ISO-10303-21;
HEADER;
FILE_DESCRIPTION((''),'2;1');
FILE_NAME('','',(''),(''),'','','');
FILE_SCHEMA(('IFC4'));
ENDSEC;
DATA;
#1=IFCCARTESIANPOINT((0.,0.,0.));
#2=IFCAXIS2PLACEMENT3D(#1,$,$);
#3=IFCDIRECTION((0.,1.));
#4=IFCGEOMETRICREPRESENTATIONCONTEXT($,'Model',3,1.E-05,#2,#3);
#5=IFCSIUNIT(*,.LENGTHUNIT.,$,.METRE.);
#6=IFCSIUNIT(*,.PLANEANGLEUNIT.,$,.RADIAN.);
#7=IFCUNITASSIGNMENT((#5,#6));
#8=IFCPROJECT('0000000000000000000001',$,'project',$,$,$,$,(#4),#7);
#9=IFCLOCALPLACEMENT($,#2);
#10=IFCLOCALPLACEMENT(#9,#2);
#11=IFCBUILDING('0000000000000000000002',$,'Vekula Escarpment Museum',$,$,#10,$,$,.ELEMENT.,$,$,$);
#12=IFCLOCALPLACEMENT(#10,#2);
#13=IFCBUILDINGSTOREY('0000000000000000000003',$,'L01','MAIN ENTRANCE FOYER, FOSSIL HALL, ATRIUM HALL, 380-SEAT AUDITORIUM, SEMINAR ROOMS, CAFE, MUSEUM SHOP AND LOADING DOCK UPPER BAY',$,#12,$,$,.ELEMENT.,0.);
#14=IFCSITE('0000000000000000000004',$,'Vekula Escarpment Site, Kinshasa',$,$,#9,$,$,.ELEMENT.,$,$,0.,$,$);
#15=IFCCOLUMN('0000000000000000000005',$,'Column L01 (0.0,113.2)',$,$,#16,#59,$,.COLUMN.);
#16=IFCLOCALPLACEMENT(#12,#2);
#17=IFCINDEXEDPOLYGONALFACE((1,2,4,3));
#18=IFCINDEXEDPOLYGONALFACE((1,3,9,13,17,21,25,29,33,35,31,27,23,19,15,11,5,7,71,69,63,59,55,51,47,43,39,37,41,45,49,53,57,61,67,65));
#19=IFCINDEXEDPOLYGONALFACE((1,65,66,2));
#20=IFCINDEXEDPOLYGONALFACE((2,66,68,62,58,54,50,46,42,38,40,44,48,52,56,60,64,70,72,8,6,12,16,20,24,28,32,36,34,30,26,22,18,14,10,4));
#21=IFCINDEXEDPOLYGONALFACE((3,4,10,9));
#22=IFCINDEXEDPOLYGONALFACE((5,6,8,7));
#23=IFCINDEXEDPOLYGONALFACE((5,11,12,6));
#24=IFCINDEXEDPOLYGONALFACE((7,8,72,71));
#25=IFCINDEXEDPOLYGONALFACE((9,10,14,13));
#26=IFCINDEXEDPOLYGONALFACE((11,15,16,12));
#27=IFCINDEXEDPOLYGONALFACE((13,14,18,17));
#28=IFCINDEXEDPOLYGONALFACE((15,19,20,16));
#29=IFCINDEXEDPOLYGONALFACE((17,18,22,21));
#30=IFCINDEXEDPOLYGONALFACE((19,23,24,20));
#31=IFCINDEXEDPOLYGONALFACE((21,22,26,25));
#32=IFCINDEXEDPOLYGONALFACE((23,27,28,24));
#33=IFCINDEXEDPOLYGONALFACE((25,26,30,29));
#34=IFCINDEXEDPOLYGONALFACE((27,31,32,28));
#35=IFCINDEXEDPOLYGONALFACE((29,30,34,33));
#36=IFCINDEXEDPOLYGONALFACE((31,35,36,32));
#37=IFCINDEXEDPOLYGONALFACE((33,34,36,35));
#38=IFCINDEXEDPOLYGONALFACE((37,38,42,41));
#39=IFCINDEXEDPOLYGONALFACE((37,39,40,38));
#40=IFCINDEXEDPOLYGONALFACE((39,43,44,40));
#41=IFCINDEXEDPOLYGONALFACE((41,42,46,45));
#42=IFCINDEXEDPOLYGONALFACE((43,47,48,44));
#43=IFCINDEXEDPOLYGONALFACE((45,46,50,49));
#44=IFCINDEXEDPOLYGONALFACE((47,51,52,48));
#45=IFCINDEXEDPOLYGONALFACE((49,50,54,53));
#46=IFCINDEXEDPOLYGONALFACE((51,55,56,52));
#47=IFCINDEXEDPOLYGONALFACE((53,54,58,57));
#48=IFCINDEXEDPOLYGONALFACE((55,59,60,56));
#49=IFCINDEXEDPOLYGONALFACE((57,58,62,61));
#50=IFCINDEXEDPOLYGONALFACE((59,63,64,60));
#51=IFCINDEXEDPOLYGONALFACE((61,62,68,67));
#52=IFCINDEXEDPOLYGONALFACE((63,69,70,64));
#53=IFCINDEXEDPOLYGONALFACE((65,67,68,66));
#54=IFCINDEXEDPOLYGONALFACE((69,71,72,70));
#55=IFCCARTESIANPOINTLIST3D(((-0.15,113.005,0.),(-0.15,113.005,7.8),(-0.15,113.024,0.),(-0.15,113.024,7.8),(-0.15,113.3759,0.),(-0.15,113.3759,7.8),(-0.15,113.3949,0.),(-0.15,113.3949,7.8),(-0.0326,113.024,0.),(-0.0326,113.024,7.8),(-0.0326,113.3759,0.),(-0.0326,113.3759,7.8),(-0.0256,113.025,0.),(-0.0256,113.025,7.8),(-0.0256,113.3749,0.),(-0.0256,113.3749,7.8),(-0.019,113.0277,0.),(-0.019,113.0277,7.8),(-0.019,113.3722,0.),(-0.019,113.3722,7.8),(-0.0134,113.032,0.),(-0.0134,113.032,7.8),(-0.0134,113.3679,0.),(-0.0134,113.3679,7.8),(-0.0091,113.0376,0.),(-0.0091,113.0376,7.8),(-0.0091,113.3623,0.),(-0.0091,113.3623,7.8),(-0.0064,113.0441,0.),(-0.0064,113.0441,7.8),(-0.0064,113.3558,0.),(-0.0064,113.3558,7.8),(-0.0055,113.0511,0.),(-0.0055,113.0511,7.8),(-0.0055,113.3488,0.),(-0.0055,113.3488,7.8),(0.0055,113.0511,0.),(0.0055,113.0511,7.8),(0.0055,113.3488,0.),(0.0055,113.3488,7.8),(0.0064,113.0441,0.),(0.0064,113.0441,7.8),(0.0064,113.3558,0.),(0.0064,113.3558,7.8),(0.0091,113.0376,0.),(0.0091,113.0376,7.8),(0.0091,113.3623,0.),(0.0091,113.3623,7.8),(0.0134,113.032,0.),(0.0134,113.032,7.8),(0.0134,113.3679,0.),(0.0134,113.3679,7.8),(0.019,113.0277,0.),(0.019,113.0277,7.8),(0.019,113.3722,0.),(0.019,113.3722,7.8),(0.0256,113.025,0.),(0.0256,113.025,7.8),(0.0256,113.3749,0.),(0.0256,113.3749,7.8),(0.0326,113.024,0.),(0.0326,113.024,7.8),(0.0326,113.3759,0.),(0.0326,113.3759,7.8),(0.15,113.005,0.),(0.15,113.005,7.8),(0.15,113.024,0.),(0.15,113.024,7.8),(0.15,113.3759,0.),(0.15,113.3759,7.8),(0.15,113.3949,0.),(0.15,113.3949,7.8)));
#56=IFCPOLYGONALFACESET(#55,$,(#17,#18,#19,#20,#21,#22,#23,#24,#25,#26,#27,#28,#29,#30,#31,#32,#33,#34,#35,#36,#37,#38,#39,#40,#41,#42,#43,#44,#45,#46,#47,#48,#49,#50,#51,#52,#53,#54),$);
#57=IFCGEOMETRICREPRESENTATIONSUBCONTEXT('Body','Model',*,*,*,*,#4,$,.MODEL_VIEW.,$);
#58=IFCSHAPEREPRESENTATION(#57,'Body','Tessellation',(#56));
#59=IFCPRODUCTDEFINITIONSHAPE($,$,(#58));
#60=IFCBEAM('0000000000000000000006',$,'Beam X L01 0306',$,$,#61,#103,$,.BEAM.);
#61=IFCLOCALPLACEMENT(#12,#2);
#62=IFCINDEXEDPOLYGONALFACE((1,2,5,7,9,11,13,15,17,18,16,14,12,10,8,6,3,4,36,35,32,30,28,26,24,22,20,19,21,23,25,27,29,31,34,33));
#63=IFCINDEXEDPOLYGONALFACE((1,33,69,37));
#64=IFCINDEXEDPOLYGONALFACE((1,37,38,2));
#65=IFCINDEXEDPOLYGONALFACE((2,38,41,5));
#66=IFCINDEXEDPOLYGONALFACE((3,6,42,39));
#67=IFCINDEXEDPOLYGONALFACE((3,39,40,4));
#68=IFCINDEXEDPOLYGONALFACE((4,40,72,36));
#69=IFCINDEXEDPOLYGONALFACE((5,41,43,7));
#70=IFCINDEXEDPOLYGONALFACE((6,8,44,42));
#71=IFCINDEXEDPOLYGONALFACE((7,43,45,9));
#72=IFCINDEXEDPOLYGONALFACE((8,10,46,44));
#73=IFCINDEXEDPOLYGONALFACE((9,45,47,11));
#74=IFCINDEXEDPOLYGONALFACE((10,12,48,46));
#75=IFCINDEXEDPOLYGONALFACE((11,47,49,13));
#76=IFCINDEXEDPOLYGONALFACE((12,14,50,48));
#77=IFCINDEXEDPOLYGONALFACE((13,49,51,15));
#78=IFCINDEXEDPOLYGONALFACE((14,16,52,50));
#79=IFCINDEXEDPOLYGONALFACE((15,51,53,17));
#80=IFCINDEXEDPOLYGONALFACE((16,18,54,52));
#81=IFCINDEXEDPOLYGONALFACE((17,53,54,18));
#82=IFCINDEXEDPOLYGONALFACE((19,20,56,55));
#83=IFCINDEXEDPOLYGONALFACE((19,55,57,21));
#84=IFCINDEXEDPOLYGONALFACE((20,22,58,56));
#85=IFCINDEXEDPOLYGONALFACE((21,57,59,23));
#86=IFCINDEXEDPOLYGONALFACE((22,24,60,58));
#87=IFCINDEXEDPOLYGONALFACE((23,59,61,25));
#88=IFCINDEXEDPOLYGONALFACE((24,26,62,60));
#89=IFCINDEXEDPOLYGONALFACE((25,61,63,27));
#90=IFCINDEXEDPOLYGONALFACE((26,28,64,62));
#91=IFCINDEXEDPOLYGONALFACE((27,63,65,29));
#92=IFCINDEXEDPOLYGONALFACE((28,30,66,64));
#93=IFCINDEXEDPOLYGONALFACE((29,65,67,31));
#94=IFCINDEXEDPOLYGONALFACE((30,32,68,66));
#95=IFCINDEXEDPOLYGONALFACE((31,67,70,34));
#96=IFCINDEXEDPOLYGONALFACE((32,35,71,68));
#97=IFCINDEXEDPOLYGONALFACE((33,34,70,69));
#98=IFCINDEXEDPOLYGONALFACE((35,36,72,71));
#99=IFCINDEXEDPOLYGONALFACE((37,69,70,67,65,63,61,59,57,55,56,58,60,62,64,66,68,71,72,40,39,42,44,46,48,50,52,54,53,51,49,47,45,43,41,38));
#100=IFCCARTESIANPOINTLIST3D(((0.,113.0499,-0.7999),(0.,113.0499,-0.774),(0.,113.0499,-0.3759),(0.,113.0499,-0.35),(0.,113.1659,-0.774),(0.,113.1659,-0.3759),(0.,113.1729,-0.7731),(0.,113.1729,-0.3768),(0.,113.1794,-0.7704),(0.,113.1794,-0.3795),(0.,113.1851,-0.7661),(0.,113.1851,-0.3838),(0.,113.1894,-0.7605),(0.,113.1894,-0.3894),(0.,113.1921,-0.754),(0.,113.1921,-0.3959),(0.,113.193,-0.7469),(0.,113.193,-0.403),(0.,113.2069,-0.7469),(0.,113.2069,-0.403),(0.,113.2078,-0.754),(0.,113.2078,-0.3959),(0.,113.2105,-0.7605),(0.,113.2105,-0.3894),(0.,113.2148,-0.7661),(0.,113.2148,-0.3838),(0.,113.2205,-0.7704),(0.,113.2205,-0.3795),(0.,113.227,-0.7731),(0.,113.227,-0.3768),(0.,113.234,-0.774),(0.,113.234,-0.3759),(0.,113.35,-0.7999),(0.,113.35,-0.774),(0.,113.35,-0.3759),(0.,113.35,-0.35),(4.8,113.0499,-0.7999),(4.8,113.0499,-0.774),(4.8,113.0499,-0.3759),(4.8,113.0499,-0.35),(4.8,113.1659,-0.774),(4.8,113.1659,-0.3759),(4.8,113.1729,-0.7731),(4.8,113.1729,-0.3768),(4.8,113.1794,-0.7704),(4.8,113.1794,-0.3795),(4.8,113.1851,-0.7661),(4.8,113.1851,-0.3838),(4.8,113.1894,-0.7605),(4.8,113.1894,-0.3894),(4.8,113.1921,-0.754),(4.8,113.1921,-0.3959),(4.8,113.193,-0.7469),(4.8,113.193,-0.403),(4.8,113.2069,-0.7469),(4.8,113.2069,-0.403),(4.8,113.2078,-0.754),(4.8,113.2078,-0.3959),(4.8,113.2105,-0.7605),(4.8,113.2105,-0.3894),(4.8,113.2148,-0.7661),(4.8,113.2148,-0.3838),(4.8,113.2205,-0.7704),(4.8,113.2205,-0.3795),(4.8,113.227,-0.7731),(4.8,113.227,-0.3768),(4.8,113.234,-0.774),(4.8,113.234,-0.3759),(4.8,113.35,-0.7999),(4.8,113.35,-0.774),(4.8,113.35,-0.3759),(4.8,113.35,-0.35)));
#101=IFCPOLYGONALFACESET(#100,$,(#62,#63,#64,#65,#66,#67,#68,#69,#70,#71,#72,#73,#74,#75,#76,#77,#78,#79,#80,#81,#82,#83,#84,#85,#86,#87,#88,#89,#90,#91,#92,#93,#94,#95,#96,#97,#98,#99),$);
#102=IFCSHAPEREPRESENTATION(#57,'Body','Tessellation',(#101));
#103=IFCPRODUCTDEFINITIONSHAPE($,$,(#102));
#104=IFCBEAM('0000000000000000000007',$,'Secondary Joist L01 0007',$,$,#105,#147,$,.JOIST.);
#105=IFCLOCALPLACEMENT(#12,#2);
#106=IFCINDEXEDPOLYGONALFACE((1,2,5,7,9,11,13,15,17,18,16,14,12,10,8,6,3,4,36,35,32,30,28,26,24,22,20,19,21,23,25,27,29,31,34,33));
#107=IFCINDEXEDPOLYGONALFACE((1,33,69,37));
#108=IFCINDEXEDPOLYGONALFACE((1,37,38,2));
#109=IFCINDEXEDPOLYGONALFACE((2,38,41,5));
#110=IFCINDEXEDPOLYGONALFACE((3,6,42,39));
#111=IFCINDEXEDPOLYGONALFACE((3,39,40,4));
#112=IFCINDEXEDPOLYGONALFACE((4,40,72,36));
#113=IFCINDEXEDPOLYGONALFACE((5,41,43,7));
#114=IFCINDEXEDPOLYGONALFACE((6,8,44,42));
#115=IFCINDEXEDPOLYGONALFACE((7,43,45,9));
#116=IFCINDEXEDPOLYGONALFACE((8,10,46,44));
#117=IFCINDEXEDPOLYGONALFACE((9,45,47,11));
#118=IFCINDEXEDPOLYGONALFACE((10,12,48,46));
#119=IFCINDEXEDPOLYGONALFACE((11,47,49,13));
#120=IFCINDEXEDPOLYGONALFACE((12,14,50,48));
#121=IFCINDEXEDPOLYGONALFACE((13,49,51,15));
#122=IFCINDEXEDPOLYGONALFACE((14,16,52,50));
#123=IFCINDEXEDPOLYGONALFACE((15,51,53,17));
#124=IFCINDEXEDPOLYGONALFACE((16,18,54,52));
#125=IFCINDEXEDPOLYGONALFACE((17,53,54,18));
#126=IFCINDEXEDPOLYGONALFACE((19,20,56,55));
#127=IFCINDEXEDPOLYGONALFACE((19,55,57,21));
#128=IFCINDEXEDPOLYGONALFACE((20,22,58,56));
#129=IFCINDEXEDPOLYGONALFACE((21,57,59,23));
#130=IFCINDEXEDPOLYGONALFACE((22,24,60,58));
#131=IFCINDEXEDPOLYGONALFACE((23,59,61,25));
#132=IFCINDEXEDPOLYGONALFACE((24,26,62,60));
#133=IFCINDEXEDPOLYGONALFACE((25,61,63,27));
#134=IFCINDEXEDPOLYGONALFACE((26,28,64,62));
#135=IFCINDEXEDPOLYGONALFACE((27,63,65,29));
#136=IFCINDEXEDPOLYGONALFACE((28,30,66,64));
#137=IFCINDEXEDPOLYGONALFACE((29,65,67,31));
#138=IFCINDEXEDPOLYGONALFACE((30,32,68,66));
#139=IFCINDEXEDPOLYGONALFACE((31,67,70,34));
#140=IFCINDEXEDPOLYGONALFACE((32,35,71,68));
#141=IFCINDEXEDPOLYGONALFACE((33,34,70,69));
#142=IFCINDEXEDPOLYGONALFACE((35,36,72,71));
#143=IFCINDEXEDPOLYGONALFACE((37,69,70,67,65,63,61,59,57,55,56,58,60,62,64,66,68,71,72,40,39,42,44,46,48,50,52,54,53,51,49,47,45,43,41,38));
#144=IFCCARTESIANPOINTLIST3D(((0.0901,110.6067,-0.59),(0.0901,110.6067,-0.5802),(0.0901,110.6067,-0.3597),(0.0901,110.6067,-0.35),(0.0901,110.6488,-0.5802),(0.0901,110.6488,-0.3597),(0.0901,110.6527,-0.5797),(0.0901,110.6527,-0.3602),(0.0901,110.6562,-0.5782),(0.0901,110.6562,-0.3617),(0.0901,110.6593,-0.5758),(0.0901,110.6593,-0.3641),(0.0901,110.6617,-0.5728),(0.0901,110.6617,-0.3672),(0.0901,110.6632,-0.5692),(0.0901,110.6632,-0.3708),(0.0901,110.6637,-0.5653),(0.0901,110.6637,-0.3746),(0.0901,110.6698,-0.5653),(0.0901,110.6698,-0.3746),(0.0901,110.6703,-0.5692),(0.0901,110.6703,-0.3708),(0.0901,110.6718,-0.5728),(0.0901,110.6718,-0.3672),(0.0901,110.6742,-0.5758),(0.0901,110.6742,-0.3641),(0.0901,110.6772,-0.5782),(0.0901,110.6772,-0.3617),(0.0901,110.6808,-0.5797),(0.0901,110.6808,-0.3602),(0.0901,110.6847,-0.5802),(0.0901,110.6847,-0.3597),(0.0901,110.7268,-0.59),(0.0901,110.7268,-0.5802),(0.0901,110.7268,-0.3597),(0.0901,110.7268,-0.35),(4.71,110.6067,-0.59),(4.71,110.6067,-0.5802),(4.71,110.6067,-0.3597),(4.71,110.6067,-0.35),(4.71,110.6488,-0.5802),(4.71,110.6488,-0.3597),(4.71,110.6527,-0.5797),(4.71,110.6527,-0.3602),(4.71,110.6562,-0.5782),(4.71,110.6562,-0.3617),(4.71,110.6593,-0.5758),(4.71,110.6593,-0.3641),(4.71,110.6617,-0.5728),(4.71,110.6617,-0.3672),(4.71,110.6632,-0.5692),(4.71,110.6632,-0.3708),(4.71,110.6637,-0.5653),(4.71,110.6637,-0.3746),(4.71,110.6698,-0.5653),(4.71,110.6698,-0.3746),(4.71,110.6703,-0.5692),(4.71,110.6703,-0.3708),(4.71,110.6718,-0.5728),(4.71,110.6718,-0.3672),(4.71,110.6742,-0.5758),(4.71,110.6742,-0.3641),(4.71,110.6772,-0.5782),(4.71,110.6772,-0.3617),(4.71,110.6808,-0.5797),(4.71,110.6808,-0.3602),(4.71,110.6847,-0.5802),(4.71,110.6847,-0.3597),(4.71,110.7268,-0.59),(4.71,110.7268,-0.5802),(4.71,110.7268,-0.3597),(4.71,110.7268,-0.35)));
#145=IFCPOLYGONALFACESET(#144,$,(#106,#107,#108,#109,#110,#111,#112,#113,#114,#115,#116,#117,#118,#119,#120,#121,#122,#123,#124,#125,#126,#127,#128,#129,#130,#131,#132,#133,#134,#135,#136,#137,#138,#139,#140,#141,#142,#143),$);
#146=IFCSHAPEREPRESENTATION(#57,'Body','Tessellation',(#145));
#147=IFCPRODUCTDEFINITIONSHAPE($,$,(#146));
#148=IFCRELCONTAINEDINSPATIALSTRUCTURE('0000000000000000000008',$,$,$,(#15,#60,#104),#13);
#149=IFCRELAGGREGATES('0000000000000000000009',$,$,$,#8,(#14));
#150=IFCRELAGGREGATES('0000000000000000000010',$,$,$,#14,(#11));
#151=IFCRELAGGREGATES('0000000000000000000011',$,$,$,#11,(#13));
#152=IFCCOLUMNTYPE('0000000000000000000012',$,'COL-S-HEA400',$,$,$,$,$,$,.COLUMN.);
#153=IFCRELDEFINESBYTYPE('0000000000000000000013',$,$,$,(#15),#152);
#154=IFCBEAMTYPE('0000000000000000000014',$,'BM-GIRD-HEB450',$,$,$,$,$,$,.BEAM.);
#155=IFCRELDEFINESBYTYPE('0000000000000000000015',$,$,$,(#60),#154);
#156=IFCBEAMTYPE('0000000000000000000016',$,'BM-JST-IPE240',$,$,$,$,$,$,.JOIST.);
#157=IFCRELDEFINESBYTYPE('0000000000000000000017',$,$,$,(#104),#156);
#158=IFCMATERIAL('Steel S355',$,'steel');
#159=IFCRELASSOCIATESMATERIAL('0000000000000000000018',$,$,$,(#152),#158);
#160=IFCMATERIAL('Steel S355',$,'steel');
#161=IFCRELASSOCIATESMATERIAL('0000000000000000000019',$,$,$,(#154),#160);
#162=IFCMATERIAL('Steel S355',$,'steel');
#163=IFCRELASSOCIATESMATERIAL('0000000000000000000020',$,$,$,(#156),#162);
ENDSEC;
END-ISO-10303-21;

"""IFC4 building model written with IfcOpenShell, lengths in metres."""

from ifc_helpers import new_model, si_unit, direction, frame, origin, origin_2d, place, context, subcontext, project, spatial, i_section, extrude, material, material_profile, profile_set, type_object, element, save


model = new_model("IFC4")

# Units and contexts
model_context = context("Model", 3, precision=1e-05, world=origin(), true_north=direction((0.0, 1.0)))
body_context = subcontext(model_context, "Body", "Model", "MODEL_VIEW")
ifc_project = project(units=[si_unit("LENGTHUNIT", "METRE"), si_unit("PLANEANGLEUNIT", "RADIAN")], contexts=[model_context])

# Site, building, storey
site_placement = place(None, origin())
site = spatial("IfcSite", under=ifc_project, at=site_placement, Name="Vekula Escarpment Site, Kinshasa", CompositionType="ELEMENT", RefElevation=0.0)
building_placement = place(site_placement, origin())
building = spatial("IfcBuilding", under=site, at=building_placement, Name="Vekula Escarpment Museum", CompositionType="ELEMENT")
storey_placement = place(building_placement, origin())
storey = spatial("IfcBuildingStorey", under=building, at=storey_placement, Name="L01", Description="MAIN ENTRANCE FOYER, FOSSIL HALL, ATRIUM HALL, 380-SEAT AUDITORIUM, SEMINAR ROOMS, CAFE, MUSEUM SHOP AND LOADING DOCK UPPER BAY", CompositionType="ELEMENT", Elevation=0.0)

# Column
ifc_material_1 = material(Name="Steel S355", Category="steel")
ifc_material_profile_1 = material_profile(ifc_material_1, i_section(OverallWidth=0.3, OverallDepth=0.3899, WebThickness=0.011, FlangeThickness=0.019, FilletRadius=0.0271, at=origin_2d()), Name="HEA 400")
ifc_profile_set_1 = profile_set([ifc_material_profile_1], Name="Steel S355")
column_type = type_object("IfcColumnType", Name="COL-S-HEA400", PredefinedType="COLUMN", material=ifc_profile_set_1)
column_placement = place(storey_placement, frame((0.0, 113.2, 0.0), z_axis=(0.0, 0.0, 1.0), x_axis=(1.0, 0.0, 0.0)))
element("IfcColumn", 1, at=column_placement, inside=storey, type_object=column_type, Name="Column L01 (0.0,113.2)", PredefinedType="COLUMN", context=body_context, shape_type="SweptSolid", body=[
    extrude(i_section(OverallWidth=0.3, OverallDepth=0.3899, WebThickness=0.011, FlangeThickness=0.019, FilletRadius=0.0271, at=origin_2d()), origin(), (0.0, 0.0, 1.0), 7.8),
])

# Beams
ifc_material_2 = material(Name="Steel S355", Category="steel")
ifc_material_profile_2 = material_profile(ifc_material_2, i_section(OverallWidth=0.3, OverallDepth=0.45, WebThickness=0.0139, FlangeThickness=0.0259, FilletRadius=0.0271, at=origin_2d()), Name="HEB 450")
ifc_profile_set_2 = profile_set([ifc_material_profile_2], Name="Steel S355")
beam_type_1 = type_object("IfcBeamType", Name="BM-GIRD-HEB450", PredefinedType="BEAM", material=ifc_profile_set_2)
beam_1_placement = place(storey_placement, frame((0.0, 113.2, -0.575), z_axis=(1.0, 0.0, 0.0), x_axis=(0.0, 1.0, 0.0)))
element("IfcBeam", 2, at=beam_1_placement, inside=storey, type_object=beam_type_1, Name="Beam X L01 0306", PredefinedType="BEAM", context=body_context, shape_type="SweptSolid", body=[
    extrude(i_section(OverallWidth=0.3, OverallDepth=0.45, WebThickness=0.0139, FlangeThickness=0.0259, FilletRadius=0.0271, at=origin_2d()), origin(), (0.0, 0.0, 1.0), 4.8),
])
ifc_material_3 = material(Name="Steel S355", Category="steel")
ifc_material_profile_3 = material_profile(ifc_material_3, i_section(OverallWidth=0.1201, OverallDepth=0.24, WebThickness=0.0061, FlangeThickness=0.0098, FilletRadius=0.0149, at=origin_2d()), Name="IPE 240")
ifc_profile_set_3 = profile_set([ifc_material_profile_3], Name="Steel S355")
beam_type_2 = type_object("IfcBeamType", Name="BM-JST-IPE240", PredefinedType="JOIST", material=ifc_profile_set_3)
beam_2_placement = place(storey_placement, frame((0.0901, 110.6667, -0.47), z_axis=(1.0, 0.0, 0.0), x_axis=(0.0, 1.0, 0.0)))
element("IfcBeam", 3, at=beam_2_placement, inside=storey, type_object=beam_type_2, Name="Secondary Joist L01 0007", PredefinedType="JOIST", context=body_context, shape_type="SweptSolid", body=[
    extrude(i_section(OverallWidth=0.1201, OverallDepth=0.24, WebThickness=0.0061, FlangeThickness=0.0098, FilletRadius=0.0149, at=origin_2d()), origin(), (0.0, 0.0, 1.0), 4.6199),
])

save(model, "model.ifc")
